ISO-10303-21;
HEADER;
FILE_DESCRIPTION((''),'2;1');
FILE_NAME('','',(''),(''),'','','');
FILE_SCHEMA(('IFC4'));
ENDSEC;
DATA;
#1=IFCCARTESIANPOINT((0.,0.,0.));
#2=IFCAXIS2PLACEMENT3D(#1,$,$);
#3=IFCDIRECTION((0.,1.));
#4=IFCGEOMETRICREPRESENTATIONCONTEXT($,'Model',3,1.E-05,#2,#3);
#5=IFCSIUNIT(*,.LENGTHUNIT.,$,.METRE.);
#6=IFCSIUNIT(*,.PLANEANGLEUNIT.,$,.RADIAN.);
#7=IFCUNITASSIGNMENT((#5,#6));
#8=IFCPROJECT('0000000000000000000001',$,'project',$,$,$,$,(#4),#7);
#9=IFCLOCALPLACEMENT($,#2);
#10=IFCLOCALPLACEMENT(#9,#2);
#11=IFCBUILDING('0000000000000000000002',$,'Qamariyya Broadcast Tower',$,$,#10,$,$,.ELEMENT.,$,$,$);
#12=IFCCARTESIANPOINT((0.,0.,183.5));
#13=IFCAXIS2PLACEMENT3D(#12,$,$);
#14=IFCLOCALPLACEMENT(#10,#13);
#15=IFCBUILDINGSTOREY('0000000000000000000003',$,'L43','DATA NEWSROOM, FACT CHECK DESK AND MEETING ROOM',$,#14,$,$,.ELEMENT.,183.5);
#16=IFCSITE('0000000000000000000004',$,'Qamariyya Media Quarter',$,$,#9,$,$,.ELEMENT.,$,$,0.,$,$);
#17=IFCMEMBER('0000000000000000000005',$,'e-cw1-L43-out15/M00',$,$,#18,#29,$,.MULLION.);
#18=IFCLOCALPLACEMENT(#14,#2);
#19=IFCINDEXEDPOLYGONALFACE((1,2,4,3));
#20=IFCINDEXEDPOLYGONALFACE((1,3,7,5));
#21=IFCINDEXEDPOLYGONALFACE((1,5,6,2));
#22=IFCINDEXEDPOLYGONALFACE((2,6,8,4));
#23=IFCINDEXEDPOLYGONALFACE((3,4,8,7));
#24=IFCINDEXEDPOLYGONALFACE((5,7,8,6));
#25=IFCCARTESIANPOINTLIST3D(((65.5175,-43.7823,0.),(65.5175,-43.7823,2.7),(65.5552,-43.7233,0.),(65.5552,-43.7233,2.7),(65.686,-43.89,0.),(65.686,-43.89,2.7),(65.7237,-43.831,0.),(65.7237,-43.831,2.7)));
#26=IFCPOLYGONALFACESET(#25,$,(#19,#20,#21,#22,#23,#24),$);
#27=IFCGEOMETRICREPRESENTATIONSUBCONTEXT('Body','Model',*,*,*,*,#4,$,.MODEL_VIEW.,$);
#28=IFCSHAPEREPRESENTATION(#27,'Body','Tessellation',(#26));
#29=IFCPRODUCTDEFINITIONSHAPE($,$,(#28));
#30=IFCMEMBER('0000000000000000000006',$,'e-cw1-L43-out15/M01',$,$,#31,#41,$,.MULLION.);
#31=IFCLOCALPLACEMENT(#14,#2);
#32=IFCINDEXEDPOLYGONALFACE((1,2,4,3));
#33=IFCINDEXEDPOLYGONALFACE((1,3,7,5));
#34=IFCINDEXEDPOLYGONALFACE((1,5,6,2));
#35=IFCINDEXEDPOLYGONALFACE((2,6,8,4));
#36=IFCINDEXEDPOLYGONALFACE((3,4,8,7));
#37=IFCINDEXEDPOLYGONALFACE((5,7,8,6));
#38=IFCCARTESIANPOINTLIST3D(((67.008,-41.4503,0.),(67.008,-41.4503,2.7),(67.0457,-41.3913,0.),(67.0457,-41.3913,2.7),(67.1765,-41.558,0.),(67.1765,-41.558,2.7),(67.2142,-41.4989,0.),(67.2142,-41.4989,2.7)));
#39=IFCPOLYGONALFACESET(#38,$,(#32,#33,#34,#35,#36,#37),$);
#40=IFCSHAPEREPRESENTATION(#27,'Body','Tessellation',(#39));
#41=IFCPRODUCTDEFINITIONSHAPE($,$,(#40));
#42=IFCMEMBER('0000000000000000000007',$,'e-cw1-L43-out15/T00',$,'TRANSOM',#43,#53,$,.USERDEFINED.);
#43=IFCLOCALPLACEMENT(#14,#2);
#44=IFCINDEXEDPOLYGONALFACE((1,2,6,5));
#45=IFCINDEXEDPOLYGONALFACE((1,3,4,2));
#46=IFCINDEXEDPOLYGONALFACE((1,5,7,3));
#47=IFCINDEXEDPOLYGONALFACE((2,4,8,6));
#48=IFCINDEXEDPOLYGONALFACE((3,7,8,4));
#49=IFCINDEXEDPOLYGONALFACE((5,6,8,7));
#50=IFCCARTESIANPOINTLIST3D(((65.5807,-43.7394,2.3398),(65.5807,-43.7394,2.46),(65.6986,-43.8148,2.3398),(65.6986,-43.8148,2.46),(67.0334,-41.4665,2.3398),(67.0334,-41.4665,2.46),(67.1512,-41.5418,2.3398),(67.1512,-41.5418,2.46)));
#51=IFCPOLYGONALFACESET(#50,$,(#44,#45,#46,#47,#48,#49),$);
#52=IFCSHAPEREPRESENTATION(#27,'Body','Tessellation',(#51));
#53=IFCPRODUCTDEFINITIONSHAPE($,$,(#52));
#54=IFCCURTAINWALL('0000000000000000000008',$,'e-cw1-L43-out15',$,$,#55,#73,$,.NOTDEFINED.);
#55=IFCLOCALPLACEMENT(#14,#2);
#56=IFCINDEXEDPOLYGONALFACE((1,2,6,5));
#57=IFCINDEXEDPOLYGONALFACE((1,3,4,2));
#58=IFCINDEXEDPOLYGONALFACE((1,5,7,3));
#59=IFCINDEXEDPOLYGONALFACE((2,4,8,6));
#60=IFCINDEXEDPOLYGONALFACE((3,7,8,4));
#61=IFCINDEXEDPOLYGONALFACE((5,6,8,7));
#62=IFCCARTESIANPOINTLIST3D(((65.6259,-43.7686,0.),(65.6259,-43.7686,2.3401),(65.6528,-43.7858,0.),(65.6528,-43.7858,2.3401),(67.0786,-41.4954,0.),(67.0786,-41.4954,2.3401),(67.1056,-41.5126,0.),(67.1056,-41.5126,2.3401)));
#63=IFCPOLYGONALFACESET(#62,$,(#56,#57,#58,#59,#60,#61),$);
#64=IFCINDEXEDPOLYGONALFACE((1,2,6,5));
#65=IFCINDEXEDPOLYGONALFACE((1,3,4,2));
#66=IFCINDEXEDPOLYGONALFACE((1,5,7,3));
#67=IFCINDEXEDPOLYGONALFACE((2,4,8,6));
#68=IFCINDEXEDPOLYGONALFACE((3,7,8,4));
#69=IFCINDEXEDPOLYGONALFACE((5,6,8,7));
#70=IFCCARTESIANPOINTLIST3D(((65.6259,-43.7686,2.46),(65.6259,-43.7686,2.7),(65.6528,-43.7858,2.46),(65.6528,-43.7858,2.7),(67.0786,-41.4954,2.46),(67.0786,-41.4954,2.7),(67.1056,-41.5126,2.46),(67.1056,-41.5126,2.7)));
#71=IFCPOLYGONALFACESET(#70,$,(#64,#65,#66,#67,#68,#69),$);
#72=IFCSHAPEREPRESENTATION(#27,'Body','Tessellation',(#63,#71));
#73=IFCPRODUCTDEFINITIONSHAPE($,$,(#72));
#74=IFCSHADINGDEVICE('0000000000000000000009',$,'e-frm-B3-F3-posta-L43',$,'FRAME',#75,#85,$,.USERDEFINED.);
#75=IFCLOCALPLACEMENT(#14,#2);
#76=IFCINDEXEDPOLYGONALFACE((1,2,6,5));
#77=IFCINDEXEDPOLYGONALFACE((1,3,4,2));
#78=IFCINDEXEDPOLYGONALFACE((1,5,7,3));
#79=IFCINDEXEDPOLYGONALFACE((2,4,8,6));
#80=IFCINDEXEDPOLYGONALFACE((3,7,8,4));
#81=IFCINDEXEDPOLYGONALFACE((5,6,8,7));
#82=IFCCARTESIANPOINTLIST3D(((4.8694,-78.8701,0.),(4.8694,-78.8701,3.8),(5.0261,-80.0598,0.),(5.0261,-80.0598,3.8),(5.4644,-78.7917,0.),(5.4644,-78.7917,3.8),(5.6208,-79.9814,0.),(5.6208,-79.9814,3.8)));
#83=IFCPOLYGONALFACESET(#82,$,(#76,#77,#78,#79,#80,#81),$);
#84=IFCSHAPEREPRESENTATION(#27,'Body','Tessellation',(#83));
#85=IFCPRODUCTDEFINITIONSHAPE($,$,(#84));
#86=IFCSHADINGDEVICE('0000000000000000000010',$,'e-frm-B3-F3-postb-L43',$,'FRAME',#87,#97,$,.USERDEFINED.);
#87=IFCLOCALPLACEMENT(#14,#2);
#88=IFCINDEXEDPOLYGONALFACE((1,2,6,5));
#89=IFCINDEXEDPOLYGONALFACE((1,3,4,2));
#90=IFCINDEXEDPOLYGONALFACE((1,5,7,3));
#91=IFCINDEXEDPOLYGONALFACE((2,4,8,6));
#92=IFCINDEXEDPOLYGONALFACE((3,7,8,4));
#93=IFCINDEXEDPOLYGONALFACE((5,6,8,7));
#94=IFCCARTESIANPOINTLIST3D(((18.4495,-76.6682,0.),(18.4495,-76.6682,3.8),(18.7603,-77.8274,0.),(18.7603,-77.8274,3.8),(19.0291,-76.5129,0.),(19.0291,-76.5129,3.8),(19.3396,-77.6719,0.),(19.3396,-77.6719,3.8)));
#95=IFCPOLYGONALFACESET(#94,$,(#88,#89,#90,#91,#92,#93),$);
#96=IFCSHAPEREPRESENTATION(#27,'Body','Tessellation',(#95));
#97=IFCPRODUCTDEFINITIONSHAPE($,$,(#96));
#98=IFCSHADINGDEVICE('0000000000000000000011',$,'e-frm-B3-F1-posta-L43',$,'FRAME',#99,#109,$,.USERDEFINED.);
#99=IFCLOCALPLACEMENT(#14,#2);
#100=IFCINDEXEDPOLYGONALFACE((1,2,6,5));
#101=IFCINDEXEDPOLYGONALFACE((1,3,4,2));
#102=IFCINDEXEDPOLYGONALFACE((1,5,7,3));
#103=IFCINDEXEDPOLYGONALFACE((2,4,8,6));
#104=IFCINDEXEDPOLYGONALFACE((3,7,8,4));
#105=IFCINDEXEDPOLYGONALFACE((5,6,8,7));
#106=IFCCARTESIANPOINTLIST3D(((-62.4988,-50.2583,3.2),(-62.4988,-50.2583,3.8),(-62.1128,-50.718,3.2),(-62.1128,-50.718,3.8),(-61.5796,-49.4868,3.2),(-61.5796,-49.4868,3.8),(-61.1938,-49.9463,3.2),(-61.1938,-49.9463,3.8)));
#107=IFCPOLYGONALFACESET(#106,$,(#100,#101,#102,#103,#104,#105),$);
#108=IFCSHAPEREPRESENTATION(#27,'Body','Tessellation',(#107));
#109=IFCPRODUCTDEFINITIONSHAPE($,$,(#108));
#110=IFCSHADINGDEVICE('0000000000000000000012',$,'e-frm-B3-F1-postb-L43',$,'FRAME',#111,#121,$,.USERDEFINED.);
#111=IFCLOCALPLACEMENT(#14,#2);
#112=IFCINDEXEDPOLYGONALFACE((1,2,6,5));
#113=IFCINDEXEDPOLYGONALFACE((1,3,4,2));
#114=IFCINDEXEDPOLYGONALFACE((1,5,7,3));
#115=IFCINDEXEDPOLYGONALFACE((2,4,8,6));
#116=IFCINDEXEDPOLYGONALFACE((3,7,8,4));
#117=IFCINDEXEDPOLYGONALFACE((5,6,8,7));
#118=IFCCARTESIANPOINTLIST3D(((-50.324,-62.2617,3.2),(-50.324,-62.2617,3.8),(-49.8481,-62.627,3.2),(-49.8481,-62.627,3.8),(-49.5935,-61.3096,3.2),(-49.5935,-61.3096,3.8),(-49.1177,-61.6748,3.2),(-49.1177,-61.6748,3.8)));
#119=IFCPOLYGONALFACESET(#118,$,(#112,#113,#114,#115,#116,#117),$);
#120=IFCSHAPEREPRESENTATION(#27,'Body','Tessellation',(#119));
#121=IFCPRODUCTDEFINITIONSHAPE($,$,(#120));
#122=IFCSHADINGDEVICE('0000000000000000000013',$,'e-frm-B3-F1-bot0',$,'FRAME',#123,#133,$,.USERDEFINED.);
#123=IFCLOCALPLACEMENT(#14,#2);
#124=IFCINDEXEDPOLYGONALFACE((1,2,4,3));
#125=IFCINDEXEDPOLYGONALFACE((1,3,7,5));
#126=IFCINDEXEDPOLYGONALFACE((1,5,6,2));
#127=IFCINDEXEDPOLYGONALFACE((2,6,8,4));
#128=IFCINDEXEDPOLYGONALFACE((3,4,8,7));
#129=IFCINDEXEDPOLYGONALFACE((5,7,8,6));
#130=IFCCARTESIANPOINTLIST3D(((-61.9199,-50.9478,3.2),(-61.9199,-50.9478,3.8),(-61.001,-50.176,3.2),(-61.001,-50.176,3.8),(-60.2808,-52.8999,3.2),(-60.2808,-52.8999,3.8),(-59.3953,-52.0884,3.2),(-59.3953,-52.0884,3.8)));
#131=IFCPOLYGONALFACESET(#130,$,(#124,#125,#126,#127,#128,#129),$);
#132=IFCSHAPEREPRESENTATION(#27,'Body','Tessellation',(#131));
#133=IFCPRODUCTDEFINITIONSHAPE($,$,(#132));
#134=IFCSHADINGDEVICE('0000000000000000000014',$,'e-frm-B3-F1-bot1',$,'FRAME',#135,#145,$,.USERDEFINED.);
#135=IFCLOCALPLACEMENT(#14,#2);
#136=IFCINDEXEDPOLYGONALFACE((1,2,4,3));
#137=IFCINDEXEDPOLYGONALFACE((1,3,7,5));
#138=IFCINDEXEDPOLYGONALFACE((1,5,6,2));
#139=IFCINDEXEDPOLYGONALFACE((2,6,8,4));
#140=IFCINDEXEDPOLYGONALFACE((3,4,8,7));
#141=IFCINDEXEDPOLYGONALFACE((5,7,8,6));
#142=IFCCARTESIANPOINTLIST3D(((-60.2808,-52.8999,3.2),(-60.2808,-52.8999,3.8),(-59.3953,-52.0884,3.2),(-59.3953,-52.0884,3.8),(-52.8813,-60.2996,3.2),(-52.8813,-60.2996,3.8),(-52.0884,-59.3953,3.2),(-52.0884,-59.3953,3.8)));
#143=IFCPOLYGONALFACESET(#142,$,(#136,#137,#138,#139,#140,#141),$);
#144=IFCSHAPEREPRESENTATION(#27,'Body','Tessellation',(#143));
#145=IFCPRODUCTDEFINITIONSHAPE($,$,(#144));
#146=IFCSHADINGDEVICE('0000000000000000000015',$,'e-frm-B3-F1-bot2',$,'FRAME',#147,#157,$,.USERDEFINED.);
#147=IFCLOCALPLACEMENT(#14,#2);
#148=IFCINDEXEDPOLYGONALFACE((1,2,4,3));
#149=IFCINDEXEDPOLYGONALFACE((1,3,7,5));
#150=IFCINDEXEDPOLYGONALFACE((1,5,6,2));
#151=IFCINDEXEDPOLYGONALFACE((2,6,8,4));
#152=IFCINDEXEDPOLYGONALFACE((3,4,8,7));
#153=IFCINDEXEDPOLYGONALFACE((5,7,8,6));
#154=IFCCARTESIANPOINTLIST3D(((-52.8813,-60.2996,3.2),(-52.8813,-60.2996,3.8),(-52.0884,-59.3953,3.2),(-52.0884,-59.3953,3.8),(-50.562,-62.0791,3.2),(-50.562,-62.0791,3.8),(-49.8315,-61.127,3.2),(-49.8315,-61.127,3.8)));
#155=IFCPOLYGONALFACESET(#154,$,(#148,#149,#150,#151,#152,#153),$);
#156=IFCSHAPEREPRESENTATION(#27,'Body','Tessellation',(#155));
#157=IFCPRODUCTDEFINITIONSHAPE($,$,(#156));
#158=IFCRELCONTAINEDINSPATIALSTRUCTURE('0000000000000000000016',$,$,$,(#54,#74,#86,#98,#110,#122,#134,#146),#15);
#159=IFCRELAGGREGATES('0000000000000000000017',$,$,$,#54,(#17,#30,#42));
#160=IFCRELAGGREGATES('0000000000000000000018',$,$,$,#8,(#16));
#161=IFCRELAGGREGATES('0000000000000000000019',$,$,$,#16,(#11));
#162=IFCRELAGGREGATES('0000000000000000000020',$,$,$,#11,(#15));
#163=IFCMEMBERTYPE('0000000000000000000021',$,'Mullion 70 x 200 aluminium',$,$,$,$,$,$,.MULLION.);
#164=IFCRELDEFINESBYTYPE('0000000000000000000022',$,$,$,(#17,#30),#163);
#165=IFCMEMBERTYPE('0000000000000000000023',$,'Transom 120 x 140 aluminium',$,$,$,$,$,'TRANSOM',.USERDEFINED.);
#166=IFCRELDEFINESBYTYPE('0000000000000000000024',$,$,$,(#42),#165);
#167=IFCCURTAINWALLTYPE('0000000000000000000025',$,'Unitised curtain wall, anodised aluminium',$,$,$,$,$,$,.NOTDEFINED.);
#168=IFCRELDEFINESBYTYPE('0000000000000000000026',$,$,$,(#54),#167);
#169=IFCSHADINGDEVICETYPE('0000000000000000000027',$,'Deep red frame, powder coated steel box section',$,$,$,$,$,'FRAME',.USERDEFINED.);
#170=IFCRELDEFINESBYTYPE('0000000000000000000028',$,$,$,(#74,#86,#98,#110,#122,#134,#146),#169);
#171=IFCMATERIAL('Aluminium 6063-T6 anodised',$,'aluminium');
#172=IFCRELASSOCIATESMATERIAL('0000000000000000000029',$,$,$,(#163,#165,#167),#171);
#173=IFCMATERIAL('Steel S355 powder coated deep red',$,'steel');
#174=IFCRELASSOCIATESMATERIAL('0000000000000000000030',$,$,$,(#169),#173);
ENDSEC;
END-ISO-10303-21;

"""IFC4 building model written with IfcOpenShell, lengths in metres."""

from ifc_helpers import new_model, si_unit, direction, frame, origin, origin_2d, place, context, subcontext, project, spatial, polyline, rectangle, outline, extrude, material, material_profile, profile_set, type_object, element, aggregate, save


model = new_model("IFC4")

# Units and contexts
model_context = context("Model", 3, precision=1e-05, world=origin(), true_north=direction((0.0, 1.0)))
body_context = subcontext(model_context, "Body", "Model", "MODEL_VIEW")
ifc_project = project(units=[si_unit("LENGTHUNIT", "METRE"), si_unit("PLANEANGLEUNIT", "RADIAN")], contexts=[model_context])

# Members
ifc_material_1 = material(Name="Aluminium 6063-T6 anodised", Category="aluminium")
ifc_material_profile_1 = material_profile(ifc_material_1, rectangle(XDim=0.2, YDim=0.0701, at=origin_2d()))
ifc_profile_set_1 = profile_set([ifc_material_profile_1], Name="Aluminium 6063-T6 anodised")
member_type_1 = type_object("IfcMemberType", Name="Mullion 70 x 200 aluminium", PredefinedType="MULLION", material=ifc_profile_set_1)
site_placement = place(None, origin())
building_placement = place(site_placement, origin())
storey_placement = place(building_placement, frame((0.0, 0.0, 183.5)))
member_1_placement = place(storey_placement, frame((65.6206, -43.8066, 0.0), z_axis=(0.0, 0.0, 1.0), x_axis=(-0.842629, 0.538495, 0.0)))
member_1 = element("IfcMember", 1, at=member_1_placement, type_object=member_type_1, Name="e-cw1-L43-out15/M00", PredefinedType="MULLION", context=body_context, shape_type="SweptSolid", body=[
    extrude(rectangle(XDim=0.2, YDim=0.0701, at=origin_2d()), origin(), (0.0, 0.0, 1.0), 2.7),
])
member_2_placement = place(storey_placement, frame((67.1111, -41.4746, 0.0), z_axis=(0.0, 0.0, 1.0), x_axis=(-0.842629, 0.538495, 0.0)))
member_2 = element("IfcMember", 2, at=member_2_placement, type_object=member_type_1, Name="e-cw1-L43-out15/M01", PredefinedType="MULLION", context=body_context, shape_type="SweptSolid", body=[
    extrude(rectangle(XDim=0.2, YDim=0.0701, at=origin_2d()), origin(), (0.0, 0.0, 1.0), 2.7),
])
ifc_material_profile_2 = material_profile(ifc_material_1, rectangle(XDim=0.1399, YDim=0.1201, at=origin_2d()))
ifc_profile_set_2 = profile_set([ifc_material_profile_2], Name="Aluminium 6063-T6 anodised")
member_type_2 = type_object("IfcMemberType", Name="Transom 120 x 140 aluminium", ElementType="TRANSOM", PredefinedType="USERDEFINED", material=ifc_profile_set_2)
member_3_placement = place(storey_placement, frame((65.6396, -43.7771, 2.3999), z_axis=(0.538514, 0.842616, 0.0), x_axis=(-0.842616, 0.538514, 0.0)))
member_3 = element("IfcMember", 3, at=member_3_placement, type_object=member_type_2, Name="e-cw1-L43-out15/T00", ObjectType="TRANSOM", PredefinedType="USERDEFINED", context=body_context, shape_type="SweptSolid", body=[
    extrude(rectangle(XDim=0.1399, YDim=0.1201, at=origin_2d()), origin(), (0.0, 0.0, 1.0), 2.6975),
])

# Site, building, storey
site = spatial("IfcSite", under=ifc_project, at=site_placement, Name="Qamariyya Media Quarter", CompositionType="ELEMENT", RefElevation=0.0)
building = spatial("IfcBuilding", under=site, at=building_placement, Name="Qamariyya Broadcast Tower", CompositionType="ELEMENT")
storey = spatial("IfcBuildingStorey", under=building, at=storey_placement, Name="L43", Description="DATA NEWSROOM, FACT CHECK DESK AND MEETING ROOM", CompositionType="ELEMENT", Elevation=183.5)

# Curtain wall
curtain_wall_type = type_object("IfcCurtainWallType", Name="Unitised curtain wall, anodised aluminium", PredefinedType="NOTDEFINED", material=ifc_material_1)
curtain_wall_placement = place(storey_placement, origin())
curtain_wall = element("IfcCurtainWall", 4, at=curtain_wall_placement, inside=storey, type_object=curtain_wall_type, Name="e-cw1-L43-out15", PredefinedType="NOTDEFINED", context=body_context, shape_type="SweptSolid", body=[
    extrude(rectangle(XDim=2.6978, YDim=0.032, at=origin_2d()), frame((66.3657, -42.6406, 0.0), x_axis=(0.538494, 0.842629, 0.0)), (0.0, 0.0, 1.0), 2.3401),
    extrude(rectangle(XDim=2.6978, YDim=0.032, at=origin_2d()), frame((66.3657, -42.6406, 2.46), x_axis=(0.538494, 0.842629, 0.0)), (0.0, 0.0, 1.0), 0.24),
])
aggregate(curtain_wall, [member_1, member_2, member_3])

# Shading devices
ifc_material_2 = material(Name="Steel S355 powder coated deep red", Category="steel")
shading_device_type = type_object("IfcShadingDeviceType", Name="Deep red frame, powder coated steel box section", ElementType="FRAME", PredefinedType="USERDEFINED", material=ifc_material_2)
shading_device_1_placement = place(storey_placement, origin())
element("IfcShadingDevice", 5, at=shading_device_1_placement, inside=storey, type_object=shading_device_type, Name="e-frm-B3-F3-posta-L43", ObjectType="FRAME", PredefinedType="USERDEFINED", context=body_context, shape_type="SweptSolid", body=[
    extrude(outline(polyline([(4.8694, -78.8701), (5.0261, -80.0598), (5.6208, -79.9814), (5.4644, -78.7917), (4.8694, -78.8701)])), origin(), (0.0, 0.0, 1.0), 3.8),
])
shading_device_2_placement = place(storey_placement, origin())
element("IfcShadingDevice", 6, at=shading_device_2_placement, inside=storey, type_object=shading_device_type, Name="e-frm-B3-F3-postb-L43", ObjectType="FRAME", PredefinedType="USERDEFINED", context=body_context, shape_type="SweptSolid", body=[
    extrude(outline(polyline([(18.4495, -76.6682), (18.7603, -77.8274), (19.3396, -77.6719), (19.0291, -76.5129), (18.4495, -76.6682)])), origin(), (0.0, 0.0, 1.0), 3.8),
])
shading_device_3_placement = place(storey_placement, frame((0.0, 0.0, 3.2)))
element("IfcShadingDevice", 7, at=shading_device_3_placement, inside=storey, type_object=shading_device_type, Name="e-frm-B3-F1-posta-L43", ObjectType="FRAME", PredefinedType="USERDEFINED", context=body_context, shape_type="SweptSolid", body=[
    extrude(outline(polyline([(-61.5796, -49.4868), (-62.4988, -50.2583), (-62.1128, -50.718), (-61.1938, -49.9463), (-61.5796, -49.4868)])), origin(), (0.0, 0.0, 1.0), 0.6001),
])
shading_device_4_placement = place(storey_placement, frame((0.0, 0.0, 3.2)))
element("IfcShadingDevice", 8, at=shading_device_4_placement, inside=storey, type_object=shading_device_type, Name="e-frm-B3-F1-postb-L43", ObjectType="FRAME", PredefinedType="USERDEFINED", context=body_context, shape_type="SweptSolid", body=[
    extrude(outline(polyline([(-49.5935, -61.3096), (-50.324, -62.2617), (-49.8481, -62.627), (-49.1177, -61.6748), (-49.5935, -61.3096)])), origin(), (0.0, 0.0, 1.0), 0.6001),
])
shading_device_5_placement = place(storey_placement, frame((0.0, 0.0, 3.2)))
element("IfcShadingDevice", 9, at=shading_device_5_placement, inside=storey, type_object=shading_device_type, Name="e-frm-B3-F1-bot0", ObjectType="FRAME", PredefinedType="USERDEFINED", context=body_context, shape_type="SweptSolid", body=[
    extrude(outline(polyline([(-61.001, -50.176), (-61.9199, -50.9478), (-60.2808, -52.8999), (-59.3953, -52.0884), (-61.001, -50.176)])), origin(), (0.0, 0.0, 1.0), 0.6001),
])
shading_device_6_placement = place(storey_placement, frame((0.0, 0.0, 3.2)))
element("IfcShadingDevice", 10, at=shading_device_6_placement, inside=storey, type_object=shading_device_type, Name="e-frm-B3-F1-bot1", ObjectType="FRAME", PredefinedType="USERDEFINED", context=body_context, shape_type="SweptSolid", body=[
    extrude(outline(polyline([(-59.3953, -52.0884), (-60.2808, -52.8999), (-52.8813, -60.2996), (-52.0884, -59.3953), (-59.3953, -52.0884)])), origin(), (0.0, 0.0, 1.0), 0.6001),
])
shading_device_7_placement = place(storey_placement, frame((0.0, 0.0, 3.2)))
element("IfcShadingDevice", 11, at=shading_device_7_placement, inside=storey, type_object=shading_device_type, Name="e-frm-B3-F1-bot2", ObjectType="FRAME", PredefinedType="USERDEFINED", context=body_context, shape_type="SweptSolid", body=[
    extrude(outline(polyline([(-52.0884, -59.3953), (-52.8813, -60.2996), (-50.562, -62.0791), (-49.8315, -61.127), (-52.0884, -59.3953)])), origin(), (0.0, 0.0, 1.0), 0.6001),
])

save(model, "model.ifc")
